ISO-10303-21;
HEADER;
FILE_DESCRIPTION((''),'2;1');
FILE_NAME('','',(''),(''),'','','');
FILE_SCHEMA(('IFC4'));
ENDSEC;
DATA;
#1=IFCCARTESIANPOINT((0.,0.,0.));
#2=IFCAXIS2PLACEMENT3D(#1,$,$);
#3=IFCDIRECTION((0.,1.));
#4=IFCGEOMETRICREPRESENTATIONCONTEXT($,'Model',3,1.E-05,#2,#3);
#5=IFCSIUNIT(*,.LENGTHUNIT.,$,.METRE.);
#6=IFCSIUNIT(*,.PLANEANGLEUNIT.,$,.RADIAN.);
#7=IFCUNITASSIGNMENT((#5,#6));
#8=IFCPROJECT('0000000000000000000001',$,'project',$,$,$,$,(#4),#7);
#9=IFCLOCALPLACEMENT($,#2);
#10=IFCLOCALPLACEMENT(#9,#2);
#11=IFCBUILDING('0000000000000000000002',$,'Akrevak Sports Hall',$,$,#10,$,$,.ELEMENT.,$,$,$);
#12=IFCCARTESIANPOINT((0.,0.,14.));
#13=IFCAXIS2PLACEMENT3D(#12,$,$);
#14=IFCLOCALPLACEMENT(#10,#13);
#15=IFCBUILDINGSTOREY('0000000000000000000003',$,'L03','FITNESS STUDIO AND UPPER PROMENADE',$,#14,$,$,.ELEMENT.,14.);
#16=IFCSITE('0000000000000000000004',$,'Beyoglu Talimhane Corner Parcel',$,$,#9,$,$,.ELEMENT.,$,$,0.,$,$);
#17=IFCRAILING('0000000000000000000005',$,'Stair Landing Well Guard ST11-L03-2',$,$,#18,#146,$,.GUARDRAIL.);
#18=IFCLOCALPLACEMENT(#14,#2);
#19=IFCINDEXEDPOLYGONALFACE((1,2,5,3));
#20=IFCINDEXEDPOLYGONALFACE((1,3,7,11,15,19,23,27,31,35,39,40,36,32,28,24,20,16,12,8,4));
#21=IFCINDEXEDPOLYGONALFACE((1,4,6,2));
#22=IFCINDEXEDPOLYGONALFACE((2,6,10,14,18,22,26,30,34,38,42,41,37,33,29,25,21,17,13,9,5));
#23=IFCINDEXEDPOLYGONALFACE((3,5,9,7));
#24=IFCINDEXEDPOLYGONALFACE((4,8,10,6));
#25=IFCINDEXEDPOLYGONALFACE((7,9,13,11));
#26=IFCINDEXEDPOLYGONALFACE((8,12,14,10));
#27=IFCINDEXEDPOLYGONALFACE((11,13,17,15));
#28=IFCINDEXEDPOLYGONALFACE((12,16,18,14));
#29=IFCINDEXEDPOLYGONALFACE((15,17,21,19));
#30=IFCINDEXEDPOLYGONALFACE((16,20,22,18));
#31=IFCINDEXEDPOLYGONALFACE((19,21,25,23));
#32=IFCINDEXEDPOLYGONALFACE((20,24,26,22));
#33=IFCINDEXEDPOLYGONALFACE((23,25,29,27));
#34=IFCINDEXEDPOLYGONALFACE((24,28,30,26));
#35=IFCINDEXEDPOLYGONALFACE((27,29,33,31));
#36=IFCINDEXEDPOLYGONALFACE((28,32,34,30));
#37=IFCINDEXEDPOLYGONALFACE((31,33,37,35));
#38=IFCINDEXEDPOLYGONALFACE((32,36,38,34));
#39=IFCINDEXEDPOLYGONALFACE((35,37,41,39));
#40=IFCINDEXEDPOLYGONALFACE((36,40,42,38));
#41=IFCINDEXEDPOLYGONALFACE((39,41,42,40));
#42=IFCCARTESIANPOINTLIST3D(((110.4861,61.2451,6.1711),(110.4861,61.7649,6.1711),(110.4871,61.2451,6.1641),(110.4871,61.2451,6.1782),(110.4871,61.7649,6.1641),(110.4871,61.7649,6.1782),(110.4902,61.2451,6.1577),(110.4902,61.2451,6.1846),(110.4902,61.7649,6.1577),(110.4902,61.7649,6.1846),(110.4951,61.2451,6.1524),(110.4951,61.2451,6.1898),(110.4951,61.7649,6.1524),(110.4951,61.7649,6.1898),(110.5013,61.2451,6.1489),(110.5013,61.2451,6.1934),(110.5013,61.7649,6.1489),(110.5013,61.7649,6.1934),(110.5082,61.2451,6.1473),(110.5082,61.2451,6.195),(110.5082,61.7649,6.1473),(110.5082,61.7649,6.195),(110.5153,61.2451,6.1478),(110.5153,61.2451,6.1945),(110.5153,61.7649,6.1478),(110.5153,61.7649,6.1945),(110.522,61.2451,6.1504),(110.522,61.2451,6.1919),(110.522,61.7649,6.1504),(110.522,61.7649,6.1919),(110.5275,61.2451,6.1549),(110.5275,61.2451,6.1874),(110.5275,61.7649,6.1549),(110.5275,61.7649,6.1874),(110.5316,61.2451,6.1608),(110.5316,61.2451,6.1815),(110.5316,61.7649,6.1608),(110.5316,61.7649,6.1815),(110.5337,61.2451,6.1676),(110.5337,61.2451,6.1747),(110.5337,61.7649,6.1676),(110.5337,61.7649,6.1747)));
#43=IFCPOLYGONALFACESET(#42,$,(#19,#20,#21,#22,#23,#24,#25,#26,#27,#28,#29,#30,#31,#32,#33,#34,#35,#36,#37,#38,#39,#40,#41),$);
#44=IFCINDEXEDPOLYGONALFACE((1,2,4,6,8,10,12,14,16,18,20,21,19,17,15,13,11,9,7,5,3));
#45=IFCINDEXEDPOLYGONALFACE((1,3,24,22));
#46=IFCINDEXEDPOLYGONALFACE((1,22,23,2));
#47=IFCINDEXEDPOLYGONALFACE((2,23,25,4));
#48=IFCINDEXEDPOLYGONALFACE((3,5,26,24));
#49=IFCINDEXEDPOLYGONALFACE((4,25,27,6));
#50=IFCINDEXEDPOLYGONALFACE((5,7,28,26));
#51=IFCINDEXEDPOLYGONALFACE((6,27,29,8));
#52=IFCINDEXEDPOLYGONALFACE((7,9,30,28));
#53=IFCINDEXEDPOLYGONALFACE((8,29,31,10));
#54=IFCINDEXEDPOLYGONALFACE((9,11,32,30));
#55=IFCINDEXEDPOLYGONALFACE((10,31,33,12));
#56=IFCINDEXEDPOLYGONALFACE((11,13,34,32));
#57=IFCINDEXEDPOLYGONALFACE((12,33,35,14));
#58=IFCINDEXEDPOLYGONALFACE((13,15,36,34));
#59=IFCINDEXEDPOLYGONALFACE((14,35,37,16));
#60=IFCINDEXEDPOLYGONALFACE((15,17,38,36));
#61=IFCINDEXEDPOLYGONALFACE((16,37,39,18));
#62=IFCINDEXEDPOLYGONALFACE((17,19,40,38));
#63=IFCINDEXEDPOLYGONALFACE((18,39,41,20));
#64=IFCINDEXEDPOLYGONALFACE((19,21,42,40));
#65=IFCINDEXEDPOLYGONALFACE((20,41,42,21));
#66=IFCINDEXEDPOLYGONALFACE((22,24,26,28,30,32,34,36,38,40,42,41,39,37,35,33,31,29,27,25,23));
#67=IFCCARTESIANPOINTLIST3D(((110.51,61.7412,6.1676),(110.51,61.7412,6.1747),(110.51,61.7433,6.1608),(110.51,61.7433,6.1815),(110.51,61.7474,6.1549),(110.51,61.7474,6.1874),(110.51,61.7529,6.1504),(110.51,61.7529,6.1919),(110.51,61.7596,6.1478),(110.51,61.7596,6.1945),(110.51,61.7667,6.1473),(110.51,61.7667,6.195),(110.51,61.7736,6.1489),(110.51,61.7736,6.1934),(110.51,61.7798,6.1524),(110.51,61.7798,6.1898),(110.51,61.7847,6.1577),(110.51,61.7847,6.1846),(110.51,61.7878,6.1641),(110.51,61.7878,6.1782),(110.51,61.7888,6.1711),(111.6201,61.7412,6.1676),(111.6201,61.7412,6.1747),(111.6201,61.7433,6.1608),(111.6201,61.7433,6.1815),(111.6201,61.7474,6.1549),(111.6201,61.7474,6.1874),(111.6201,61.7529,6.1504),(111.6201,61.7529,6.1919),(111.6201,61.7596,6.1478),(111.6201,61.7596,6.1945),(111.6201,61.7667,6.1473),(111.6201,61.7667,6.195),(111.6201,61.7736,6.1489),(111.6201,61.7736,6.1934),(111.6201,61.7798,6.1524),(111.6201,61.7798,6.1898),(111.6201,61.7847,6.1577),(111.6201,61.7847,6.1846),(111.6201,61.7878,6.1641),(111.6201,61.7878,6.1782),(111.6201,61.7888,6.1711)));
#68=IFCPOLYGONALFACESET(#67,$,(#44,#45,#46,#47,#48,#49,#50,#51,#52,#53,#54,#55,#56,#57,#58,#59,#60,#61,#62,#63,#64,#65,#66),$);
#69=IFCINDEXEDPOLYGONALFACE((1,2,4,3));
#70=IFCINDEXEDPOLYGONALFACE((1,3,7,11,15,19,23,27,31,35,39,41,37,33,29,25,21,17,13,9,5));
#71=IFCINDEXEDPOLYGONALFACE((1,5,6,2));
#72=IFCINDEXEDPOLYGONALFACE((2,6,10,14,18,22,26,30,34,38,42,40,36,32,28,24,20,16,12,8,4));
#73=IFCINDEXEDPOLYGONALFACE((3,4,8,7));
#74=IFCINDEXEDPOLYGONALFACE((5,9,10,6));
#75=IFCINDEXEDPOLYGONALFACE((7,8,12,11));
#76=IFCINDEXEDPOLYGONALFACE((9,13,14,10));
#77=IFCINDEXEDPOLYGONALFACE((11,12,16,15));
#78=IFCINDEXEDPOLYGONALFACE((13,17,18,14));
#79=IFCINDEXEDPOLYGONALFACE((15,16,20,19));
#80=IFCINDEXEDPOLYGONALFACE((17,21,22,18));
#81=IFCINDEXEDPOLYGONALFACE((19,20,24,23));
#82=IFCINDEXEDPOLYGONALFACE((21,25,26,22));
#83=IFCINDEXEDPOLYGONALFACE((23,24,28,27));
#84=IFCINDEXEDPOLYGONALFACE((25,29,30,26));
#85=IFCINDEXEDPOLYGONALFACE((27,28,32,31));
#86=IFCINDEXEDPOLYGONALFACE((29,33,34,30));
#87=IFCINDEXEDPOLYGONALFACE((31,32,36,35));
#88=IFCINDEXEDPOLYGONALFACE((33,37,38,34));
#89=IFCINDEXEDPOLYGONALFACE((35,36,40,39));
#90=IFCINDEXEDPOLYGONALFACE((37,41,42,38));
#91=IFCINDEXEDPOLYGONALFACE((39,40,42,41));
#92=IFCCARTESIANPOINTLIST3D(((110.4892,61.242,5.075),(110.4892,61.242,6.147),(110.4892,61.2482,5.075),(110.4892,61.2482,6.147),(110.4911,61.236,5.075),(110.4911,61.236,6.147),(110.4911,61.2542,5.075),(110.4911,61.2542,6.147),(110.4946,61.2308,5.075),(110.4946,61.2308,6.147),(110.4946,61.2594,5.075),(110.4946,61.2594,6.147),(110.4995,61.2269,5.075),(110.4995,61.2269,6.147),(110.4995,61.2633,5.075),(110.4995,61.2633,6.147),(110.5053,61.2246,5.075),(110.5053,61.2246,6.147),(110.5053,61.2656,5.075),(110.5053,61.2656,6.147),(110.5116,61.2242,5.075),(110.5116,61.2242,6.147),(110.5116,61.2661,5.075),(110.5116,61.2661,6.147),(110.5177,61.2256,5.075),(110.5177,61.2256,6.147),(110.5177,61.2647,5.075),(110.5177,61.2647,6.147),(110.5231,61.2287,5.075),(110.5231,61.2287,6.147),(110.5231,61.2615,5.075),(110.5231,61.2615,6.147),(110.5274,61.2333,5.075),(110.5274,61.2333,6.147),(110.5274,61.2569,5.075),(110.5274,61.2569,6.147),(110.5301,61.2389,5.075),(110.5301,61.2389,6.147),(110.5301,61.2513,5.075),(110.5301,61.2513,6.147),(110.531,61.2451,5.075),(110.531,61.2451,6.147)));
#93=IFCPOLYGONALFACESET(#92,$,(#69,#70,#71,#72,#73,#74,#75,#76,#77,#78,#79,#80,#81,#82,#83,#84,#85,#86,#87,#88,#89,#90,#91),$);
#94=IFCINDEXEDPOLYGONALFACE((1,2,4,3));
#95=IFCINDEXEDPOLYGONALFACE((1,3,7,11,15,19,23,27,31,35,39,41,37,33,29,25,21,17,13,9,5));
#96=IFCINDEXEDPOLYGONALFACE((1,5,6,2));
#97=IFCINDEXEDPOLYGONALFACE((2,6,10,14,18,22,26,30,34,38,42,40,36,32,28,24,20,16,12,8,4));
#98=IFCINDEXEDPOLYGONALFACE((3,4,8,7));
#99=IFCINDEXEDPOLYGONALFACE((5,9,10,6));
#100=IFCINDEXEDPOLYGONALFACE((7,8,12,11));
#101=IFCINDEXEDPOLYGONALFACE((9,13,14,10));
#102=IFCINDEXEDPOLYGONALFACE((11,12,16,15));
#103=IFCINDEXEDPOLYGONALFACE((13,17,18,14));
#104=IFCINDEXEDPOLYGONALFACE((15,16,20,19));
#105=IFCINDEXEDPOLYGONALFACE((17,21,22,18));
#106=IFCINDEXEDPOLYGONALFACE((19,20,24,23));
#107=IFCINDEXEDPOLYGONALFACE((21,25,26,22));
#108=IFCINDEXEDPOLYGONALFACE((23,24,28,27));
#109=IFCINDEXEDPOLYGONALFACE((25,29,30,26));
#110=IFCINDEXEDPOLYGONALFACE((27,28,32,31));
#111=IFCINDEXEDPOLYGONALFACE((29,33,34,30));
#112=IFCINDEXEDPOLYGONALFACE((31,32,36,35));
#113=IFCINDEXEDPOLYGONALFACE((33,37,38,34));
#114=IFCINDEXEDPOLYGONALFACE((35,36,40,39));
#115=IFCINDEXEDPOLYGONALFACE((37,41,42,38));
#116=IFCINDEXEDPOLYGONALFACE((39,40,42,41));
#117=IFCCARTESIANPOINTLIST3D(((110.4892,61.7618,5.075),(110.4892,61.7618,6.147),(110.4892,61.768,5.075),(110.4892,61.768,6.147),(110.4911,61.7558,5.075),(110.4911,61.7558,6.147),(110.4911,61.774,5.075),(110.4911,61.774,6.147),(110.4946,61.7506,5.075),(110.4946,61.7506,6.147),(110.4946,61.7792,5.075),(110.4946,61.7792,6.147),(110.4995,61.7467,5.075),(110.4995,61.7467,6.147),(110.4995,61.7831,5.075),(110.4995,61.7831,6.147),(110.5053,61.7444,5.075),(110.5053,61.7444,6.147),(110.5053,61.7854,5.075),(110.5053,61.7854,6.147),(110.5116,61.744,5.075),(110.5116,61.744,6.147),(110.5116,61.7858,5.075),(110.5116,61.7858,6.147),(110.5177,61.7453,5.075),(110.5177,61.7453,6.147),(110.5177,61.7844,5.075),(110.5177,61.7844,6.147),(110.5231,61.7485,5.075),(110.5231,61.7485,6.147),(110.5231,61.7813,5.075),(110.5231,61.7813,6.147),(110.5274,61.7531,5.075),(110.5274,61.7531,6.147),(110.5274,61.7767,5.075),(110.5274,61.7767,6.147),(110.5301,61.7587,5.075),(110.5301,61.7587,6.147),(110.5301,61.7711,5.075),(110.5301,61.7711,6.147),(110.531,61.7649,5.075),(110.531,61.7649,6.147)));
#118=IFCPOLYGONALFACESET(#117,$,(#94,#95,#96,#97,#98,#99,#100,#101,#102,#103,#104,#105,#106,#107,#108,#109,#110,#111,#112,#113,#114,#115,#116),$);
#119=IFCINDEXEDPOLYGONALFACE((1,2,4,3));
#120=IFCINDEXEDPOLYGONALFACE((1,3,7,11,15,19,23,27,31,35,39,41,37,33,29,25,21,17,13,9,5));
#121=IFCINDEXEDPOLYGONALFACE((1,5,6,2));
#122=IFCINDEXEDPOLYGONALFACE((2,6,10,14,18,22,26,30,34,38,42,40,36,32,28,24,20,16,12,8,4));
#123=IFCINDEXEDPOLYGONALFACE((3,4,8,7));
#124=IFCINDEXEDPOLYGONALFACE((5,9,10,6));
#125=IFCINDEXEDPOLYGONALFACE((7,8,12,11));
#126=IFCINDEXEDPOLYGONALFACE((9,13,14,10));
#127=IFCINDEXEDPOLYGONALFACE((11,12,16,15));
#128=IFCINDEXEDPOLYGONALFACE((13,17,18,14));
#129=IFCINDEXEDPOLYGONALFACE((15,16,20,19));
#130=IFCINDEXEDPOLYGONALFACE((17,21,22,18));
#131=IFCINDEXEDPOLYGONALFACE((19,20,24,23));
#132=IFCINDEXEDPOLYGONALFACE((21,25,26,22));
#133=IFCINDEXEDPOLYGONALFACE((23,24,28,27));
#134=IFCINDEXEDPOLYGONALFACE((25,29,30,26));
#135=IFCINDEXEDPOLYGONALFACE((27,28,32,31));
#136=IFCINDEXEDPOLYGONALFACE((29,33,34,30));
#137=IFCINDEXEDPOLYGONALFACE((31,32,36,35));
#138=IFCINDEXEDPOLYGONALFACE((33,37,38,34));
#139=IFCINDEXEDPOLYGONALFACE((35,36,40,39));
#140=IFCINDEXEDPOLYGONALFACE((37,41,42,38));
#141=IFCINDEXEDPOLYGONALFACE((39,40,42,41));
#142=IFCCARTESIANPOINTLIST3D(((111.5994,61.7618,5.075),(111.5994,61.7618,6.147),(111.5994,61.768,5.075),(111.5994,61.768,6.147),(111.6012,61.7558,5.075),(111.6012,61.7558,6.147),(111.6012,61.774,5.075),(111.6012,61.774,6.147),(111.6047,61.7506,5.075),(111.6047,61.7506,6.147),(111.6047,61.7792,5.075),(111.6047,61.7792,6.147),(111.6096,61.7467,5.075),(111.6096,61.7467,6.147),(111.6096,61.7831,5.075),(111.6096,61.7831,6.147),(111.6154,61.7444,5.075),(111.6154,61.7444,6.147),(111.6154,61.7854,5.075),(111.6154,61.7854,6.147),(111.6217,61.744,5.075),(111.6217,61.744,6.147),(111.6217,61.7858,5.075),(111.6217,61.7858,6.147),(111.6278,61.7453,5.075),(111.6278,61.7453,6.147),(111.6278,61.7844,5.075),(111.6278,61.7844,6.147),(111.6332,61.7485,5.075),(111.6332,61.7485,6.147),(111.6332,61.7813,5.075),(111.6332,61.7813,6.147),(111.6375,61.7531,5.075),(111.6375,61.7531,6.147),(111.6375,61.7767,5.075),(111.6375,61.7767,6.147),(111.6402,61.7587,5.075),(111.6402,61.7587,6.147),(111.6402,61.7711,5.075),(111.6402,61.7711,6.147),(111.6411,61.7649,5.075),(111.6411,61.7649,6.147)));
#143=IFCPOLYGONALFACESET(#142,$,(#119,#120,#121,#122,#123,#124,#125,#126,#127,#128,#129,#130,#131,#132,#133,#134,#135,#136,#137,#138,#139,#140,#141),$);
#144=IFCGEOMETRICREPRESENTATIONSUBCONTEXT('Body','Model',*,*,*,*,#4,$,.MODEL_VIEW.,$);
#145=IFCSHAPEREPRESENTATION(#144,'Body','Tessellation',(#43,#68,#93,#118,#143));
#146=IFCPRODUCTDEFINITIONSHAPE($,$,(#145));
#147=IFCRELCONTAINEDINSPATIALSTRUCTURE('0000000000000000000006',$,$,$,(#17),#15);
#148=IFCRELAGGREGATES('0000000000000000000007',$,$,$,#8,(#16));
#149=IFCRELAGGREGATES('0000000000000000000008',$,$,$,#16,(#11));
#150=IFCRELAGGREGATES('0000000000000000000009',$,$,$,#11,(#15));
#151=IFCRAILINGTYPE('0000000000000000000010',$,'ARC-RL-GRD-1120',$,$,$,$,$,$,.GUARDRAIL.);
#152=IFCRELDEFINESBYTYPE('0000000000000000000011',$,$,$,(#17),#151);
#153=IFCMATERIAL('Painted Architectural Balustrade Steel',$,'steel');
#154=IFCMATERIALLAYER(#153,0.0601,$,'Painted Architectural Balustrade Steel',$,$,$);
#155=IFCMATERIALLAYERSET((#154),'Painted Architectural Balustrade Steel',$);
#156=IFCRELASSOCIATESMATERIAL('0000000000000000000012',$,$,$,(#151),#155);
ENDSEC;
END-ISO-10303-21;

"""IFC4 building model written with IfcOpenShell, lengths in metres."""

from ifc_helpers import new_model, si_unit, direction, frame, origin, origin_2d, place, context, subcontext, project, spatial, circle, extrude, material, layer, layer_set, type_object, element, save


model = new_model("IFC4")

# Units and contexts
model_context = context("Model", 3, precision=1e-05, world=origin(), true_north=direction((0.0, 1.0)))
body_context = subcontext(model_context, "Body", "Model", "MODEL_VIEW")
ifc_project = project(units=[si_unit("LENGTHUNIT", "METRE"), si_unit("PLANEANGLEUNIT", "RADIAN")], contexts=[model_context])

# Site, building, storey
site_placement = place(None, origin())
site = spatial("IfcSite", under=ifc_project, at=site_placement, Name="Beyoglu Talimhane Corner Parcel", CompositionType="ELEMENT", RefElevation=0.0)
building_placement = place(site_placement, origin())
building = spatial("IfcBuilding", under=site, at=building_placement, Name="Akrevak Sports Hall", CompositionType="ELEMENT")
storey_placement = place(building_placement, frame((0.0, 0.0, 14.0)))
storey = spatial("IfcBuildingStorey", under=building, at=storey_placement, Name="L03", Description="FITNESS STUDIO AND UPPER PROMENADE", CompositionType="ELEMENT", Elevation=14.0)

# Railing
ifc_material_1 = material(Name="Painted Architectural Balustrade Steel", Category="steel")
ifc_layer_1 = layer(ifc_material_1, 0.0601, Name="Painted Architectural Balustrade Steel")
ifc_layer_set_1 = layer_set([ifc_layer_1], Name="Painted Architectural Balustrade Steel")
railing_type_1 = type_object("IfcRailingType", Name="ARC-RL-GRD-1120", PredefinedType="GUARDRAIL", material=ifc_layer_set_1)
railing_1_placement = place(storey_placement, frame((110.51, 61.2451, 5.075)))
element("IfcRailing", 1, at=railing_1_placement, inside=storey, type_object=railing_type_1, Name="Stair Landing Well Guard ST11-L03-2", PredefinedType="GUARDRAIL", context=body_context, shape_type="SweptSolid", body=[
    extrude(circle(Radius=0.0239, at=origin_2d()), frame((0.0, 0.0, 1.0962), z_axis=(0.0, 1.0, 0.0), x_axis=(-1.0, 0.0, 0.0)), (0.0, 0.0, 1.0), 0.5198),
    extrude(circle(Radius=0.0239, at=origin_2d()), frame((0.0, 0.5198, 1.0962), z_axis=(1.0, 0.0, 0.0), x_axis=(0.0, 1.0, 0.0)), (0.0, 0.0, 1.0), 1.1101),
    extrude(circle(Radius=0.021, at=origin_2d()), origin(), (0.0, 0.0, 1.0), 1.072),
    extrude(circle(Radius=0.021, at=origin_2d()), frame((0.0, 0.5198, 0.0)), (0.0, 0.0, 1.0), 1.072),
    extrude(circle(Radius=0.021, at=origin_2d()), frame((1.1101, 0.5198, 0.0)), (0.0, 0.0, 1.0), 1.072),
])

save(model, "model.ifc")
